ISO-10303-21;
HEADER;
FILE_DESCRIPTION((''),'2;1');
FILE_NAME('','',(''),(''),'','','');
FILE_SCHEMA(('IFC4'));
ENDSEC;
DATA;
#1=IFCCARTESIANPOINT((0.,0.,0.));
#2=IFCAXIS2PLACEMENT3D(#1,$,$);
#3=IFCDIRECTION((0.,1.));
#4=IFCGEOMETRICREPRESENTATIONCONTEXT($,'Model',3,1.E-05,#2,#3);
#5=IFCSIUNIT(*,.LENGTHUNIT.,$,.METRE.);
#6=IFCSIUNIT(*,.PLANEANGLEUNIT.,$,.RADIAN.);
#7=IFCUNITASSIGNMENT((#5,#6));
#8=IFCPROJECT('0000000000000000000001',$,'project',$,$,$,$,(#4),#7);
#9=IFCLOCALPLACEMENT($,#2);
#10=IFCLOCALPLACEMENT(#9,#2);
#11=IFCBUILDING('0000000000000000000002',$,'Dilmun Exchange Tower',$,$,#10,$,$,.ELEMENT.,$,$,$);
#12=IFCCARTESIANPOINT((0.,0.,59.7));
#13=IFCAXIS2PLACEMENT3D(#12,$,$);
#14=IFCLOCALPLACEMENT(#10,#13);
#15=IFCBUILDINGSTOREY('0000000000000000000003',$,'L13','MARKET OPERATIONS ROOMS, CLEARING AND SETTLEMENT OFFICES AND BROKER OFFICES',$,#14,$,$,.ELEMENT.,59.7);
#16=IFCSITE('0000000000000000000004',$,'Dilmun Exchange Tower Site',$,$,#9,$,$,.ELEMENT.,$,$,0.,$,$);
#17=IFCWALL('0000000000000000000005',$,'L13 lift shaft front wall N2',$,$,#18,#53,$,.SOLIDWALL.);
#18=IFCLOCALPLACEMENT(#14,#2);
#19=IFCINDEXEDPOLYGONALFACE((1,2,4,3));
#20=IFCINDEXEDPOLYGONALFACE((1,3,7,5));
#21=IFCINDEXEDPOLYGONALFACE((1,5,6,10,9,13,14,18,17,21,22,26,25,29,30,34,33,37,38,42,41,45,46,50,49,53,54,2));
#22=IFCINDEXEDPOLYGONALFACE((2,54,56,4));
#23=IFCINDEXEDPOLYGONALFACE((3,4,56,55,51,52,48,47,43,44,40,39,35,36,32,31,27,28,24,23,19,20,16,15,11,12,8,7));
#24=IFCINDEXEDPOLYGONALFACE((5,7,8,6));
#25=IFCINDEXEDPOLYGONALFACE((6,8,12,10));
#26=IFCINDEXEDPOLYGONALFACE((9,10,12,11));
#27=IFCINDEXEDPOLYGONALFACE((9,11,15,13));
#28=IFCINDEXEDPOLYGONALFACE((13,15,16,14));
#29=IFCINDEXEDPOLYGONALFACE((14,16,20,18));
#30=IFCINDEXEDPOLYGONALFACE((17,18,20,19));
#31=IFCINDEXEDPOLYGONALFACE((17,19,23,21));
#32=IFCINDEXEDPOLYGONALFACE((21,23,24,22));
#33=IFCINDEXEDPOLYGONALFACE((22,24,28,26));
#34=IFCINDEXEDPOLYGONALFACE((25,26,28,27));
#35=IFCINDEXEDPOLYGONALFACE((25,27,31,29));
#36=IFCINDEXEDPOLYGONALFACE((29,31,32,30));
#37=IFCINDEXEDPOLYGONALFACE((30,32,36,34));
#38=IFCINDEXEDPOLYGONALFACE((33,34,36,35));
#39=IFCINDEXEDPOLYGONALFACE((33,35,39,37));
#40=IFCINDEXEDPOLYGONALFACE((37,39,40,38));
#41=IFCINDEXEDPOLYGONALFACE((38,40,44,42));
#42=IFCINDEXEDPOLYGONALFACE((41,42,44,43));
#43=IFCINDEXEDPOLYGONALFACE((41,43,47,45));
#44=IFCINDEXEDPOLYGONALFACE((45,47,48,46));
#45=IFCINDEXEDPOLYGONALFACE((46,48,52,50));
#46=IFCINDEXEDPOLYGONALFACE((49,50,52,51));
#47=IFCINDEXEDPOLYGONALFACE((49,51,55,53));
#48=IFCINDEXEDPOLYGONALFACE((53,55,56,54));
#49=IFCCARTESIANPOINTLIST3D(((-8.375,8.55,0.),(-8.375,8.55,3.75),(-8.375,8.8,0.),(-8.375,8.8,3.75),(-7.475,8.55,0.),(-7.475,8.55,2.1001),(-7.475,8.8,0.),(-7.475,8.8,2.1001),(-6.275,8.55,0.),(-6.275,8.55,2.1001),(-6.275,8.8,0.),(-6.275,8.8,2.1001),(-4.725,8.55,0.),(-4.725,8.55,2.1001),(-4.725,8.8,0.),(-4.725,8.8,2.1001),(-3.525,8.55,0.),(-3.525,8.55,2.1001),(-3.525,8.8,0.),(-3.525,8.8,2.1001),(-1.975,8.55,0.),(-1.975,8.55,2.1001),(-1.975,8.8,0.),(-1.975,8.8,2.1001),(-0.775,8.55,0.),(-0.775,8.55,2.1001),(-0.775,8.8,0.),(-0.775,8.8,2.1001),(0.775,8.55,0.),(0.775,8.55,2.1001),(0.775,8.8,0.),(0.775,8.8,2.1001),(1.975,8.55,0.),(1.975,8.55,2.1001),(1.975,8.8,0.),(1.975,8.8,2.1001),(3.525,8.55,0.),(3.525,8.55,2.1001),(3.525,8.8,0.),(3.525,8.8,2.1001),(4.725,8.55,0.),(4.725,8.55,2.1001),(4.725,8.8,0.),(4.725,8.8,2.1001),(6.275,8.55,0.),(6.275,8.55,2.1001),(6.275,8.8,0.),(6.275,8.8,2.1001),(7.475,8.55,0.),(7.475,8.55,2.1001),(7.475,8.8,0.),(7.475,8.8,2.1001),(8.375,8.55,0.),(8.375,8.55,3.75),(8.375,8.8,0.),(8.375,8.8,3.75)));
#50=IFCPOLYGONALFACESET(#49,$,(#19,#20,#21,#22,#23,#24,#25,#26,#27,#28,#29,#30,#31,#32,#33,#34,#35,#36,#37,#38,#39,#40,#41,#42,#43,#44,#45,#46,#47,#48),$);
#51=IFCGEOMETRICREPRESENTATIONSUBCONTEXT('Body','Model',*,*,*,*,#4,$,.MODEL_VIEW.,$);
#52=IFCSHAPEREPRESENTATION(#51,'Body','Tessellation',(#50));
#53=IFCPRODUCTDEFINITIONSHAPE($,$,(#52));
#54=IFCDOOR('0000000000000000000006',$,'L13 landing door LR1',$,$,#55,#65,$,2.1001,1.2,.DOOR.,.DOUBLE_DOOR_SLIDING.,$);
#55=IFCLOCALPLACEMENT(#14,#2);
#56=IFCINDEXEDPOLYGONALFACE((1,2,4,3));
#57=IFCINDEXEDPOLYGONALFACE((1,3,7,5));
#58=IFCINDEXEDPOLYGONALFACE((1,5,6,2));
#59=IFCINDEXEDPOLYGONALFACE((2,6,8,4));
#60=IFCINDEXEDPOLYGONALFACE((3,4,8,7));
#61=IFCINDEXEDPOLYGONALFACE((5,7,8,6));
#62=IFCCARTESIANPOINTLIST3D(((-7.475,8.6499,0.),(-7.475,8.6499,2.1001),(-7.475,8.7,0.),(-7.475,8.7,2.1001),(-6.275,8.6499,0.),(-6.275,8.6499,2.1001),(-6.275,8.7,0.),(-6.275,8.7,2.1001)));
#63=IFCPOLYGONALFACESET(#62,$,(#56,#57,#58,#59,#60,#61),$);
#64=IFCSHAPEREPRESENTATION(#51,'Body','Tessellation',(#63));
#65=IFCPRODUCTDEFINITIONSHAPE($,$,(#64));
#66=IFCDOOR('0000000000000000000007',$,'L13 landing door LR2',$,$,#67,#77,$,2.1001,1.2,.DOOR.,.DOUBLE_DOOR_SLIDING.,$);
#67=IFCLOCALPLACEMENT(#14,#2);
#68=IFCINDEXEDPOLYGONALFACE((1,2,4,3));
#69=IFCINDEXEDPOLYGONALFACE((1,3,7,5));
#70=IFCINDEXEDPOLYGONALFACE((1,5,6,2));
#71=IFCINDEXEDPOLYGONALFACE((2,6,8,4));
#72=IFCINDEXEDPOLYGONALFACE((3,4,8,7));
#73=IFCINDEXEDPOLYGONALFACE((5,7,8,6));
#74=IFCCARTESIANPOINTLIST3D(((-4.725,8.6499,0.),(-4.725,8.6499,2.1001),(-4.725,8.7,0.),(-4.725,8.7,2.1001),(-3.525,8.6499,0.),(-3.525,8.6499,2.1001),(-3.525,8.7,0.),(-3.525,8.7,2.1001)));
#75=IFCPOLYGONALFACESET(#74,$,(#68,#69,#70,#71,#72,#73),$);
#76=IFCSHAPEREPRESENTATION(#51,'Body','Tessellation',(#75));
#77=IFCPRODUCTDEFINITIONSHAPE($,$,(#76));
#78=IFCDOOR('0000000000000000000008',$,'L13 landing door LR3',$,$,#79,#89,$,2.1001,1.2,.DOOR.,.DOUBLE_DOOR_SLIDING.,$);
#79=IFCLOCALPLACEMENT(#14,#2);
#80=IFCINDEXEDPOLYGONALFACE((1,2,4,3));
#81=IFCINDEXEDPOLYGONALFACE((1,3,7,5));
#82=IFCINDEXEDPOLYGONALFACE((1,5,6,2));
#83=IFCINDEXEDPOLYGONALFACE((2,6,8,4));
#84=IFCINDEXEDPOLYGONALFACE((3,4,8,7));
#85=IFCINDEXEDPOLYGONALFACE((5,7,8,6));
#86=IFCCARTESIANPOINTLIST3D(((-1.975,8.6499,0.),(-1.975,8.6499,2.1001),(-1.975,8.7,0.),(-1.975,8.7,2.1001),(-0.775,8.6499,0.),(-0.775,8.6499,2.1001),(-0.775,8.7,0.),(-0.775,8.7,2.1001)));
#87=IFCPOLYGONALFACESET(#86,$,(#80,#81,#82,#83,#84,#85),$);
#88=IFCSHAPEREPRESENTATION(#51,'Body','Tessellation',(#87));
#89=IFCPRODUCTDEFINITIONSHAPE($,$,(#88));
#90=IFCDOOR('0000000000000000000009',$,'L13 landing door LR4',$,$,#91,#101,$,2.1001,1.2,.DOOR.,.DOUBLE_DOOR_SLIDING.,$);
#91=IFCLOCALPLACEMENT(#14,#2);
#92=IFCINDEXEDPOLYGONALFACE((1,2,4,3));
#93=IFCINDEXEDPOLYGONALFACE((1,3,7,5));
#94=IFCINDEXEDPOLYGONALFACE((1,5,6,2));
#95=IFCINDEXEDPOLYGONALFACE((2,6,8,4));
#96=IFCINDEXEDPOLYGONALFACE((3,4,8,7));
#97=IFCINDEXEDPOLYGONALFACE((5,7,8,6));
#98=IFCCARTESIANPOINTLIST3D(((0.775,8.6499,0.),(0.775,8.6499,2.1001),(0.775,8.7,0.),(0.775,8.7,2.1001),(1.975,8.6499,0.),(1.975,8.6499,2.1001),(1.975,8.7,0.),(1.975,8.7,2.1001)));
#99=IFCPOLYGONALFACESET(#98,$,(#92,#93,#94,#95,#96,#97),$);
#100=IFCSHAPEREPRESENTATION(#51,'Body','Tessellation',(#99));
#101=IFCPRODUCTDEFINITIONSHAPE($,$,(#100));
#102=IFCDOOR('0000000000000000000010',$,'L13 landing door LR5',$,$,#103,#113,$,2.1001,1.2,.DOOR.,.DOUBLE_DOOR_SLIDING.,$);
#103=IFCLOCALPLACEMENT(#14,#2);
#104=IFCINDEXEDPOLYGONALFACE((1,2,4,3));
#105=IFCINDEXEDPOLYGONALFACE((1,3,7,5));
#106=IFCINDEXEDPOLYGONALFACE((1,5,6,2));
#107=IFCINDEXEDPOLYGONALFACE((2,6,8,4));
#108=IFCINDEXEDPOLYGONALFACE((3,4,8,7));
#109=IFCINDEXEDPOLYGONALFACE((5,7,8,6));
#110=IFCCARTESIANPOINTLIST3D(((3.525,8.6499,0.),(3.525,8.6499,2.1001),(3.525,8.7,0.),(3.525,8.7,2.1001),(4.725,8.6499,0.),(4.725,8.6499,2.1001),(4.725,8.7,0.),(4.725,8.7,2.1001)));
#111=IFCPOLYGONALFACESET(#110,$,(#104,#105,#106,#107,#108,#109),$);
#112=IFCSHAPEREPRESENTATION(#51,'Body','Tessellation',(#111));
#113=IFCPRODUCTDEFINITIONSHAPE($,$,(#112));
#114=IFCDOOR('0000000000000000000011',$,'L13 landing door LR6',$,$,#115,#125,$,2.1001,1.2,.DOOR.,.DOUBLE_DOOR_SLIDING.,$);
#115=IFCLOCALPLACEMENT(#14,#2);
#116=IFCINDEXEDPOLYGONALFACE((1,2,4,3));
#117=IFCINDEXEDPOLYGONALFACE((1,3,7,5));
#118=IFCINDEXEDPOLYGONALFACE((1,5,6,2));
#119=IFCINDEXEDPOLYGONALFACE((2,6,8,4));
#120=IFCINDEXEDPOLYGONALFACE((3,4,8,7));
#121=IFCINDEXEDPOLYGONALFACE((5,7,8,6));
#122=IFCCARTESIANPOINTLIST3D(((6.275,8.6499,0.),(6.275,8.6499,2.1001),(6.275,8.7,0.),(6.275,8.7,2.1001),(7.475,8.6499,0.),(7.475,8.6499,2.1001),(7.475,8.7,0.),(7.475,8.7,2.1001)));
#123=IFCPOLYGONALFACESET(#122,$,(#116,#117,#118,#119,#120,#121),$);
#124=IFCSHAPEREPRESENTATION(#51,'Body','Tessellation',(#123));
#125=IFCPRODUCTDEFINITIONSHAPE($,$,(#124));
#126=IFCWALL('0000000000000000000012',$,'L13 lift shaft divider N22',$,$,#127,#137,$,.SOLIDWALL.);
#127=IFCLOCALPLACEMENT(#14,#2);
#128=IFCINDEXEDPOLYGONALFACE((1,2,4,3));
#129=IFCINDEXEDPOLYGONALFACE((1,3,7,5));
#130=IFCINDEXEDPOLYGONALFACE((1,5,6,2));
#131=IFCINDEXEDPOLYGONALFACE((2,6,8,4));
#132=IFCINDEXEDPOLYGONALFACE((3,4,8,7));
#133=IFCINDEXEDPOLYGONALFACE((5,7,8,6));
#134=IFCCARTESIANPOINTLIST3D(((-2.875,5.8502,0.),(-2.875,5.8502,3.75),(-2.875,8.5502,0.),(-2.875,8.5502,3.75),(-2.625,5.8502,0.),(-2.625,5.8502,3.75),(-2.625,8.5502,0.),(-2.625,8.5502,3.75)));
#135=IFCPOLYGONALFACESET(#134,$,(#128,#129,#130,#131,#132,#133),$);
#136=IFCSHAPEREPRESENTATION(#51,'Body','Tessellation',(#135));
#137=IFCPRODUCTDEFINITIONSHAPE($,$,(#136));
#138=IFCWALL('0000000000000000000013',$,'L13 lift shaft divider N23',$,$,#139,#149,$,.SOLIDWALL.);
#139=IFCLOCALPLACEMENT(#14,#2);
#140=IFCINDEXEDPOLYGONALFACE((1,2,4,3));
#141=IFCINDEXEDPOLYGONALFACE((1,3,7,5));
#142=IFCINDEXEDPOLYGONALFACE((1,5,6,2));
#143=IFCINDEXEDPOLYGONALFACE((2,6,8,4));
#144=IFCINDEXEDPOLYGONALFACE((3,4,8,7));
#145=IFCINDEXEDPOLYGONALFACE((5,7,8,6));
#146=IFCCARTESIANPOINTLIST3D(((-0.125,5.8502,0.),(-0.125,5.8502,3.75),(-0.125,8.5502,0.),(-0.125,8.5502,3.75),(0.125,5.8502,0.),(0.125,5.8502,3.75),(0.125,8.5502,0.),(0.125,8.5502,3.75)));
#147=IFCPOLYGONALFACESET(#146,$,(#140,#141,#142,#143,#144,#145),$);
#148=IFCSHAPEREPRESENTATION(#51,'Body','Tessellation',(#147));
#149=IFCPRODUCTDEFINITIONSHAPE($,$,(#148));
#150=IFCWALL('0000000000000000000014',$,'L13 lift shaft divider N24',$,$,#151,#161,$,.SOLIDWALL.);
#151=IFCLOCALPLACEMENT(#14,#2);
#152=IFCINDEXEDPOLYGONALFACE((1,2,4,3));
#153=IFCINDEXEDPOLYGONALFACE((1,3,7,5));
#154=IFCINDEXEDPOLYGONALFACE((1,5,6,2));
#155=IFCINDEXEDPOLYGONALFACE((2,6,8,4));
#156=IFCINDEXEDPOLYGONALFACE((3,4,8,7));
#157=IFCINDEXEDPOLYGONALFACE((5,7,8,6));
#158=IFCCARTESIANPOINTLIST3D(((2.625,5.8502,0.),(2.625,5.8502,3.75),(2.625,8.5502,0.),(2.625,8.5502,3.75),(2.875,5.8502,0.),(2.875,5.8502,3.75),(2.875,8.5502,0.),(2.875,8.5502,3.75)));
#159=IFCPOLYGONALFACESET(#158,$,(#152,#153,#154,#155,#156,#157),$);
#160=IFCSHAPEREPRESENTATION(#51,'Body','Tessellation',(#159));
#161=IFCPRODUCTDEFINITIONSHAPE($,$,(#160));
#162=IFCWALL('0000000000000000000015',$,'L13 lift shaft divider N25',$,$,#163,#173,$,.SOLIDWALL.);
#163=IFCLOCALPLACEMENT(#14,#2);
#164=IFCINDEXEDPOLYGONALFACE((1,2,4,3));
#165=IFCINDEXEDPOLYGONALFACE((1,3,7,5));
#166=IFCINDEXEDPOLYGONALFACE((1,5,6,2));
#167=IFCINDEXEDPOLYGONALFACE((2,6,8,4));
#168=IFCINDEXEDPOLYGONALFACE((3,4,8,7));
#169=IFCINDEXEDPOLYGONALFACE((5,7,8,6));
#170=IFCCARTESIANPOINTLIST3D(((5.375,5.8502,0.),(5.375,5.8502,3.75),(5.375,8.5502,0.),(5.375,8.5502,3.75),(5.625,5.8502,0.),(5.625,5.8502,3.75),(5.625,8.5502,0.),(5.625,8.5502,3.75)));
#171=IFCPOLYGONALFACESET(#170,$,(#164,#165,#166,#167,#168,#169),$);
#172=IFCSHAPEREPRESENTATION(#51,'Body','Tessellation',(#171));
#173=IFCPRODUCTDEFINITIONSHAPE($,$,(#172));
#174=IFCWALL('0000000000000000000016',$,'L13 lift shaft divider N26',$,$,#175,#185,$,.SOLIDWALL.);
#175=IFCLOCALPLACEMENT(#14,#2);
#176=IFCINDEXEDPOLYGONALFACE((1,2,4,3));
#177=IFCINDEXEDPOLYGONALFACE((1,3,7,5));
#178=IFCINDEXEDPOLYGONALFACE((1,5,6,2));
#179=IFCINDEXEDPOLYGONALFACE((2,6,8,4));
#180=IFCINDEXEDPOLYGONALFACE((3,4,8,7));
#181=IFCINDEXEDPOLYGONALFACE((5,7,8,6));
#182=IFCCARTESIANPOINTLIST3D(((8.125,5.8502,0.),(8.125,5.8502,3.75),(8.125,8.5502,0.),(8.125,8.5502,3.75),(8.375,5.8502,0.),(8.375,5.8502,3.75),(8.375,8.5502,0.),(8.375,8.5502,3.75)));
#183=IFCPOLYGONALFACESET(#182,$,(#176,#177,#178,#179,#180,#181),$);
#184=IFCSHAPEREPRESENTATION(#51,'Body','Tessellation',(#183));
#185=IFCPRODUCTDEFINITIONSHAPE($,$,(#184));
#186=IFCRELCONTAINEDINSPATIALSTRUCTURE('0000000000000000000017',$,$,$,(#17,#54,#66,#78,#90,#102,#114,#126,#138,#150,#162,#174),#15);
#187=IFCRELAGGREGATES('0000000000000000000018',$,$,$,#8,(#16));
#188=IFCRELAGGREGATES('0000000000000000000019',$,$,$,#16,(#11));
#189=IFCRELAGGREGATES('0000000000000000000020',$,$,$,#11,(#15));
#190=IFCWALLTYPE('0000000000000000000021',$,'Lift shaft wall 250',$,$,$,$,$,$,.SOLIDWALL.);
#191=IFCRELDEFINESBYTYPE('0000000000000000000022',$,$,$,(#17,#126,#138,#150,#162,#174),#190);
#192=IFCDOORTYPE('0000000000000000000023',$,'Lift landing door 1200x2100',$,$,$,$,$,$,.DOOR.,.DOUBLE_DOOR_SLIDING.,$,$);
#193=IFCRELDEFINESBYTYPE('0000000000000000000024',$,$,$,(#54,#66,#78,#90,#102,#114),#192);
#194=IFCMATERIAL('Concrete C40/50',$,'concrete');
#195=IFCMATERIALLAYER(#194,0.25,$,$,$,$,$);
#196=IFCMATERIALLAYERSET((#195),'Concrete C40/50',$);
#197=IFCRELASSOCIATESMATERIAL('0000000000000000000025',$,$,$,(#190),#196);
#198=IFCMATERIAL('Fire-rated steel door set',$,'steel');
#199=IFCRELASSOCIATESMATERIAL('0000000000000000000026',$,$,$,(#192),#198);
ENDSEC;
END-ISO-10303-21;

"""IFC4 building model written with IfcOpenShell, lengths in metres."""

from ifc_helpers import new_model, si_unit, direction, frame, frame_2d, origin, place, context, subcontext, project, spatial, rectangle, extrude, material, layer, layer_set, type_object, element, fill, save


model = new_model("IFC4")

# Units and contexts
model_context = context("Model", 3, precision=1e-05, world=origin(), true_north=direction((0.0, 1.0)))
body_context = subcontext(model_context, "Body", "Model", "MODEL_VIEW")
ifc_project = project(units=[si_unit("LENGTHUNIT", "METRE"), si_unit("PLANEANGLEUNIT", "RADIAN")], contexts=[model_context])

# Site, building, storey
site_placement = place(None, origin())
site = spatial("IfcSite", under=ifc_project, at=site_placement, Name="Dilmun Exchange Tower Site", CompositionType="ELEMENT", RefElevation=0.0)
building_placement = place(site_placement, origin())
building = spatial("IfcBuilding", under=site, at=building_placement, Name="Dilmun Exchange Tower", CompositionType="ELEMENT")
storey_placement = place(building_placement, frame((0.0, 0.0, 59.7)))
storey = spatial("IfcBuildingStorey", under=building, at=storey_placement, Name="L13", Description="MARKET OPERATIONS ROOMS, CLEARING AND SETTLEMENT OFFICES AND BROKER OFFICES", CompositionType="ELEMENT", Elevation=59.7)

# Shared definitions
ifc_material_1 = material(Name="Concrete C40/50", Category="concrete")

# Shared definitions
ifc_material_2 = material(Name="Fire-rated steel door set", Category="steel")

# Wall, openings, doors
ifc_layer_1 = layer(ifc_material_1, 0.25)
ifc_layer_set_1 = layer_set([ifc_layer_1], Name="Concrete C40/50")
wall_type_1 = type_object("IfcWallType", Name="Lift shaft wall 250", PredefinedType="SOLIDWALL", material=ifc_layer_set_1)
wall_1_placement = place(storey_placement, frame((-8.375, 8.675, 0.0), z_axis=(0.0, 0.0, 1.0), x_axis=(1.0, 0.0, 0.0)))
wall_1 = element("IfcWall", 1, at=wall_1_placement, inside=storey, type_object=wall_type_1, Name="L13 lift shaft front wall N2", PredefinedType="SOLIDWALL", context=body_context, shape_type="SweptSolid", body=[
    extrude(rectangle(XDim=16.75, YDim=0.25, at=frame_2d((8.375, 0.0))), origin(), (0.0, 0.0, 1.0), 3.75),
])
opening_1_placement = place(wall_1_placement, frame((0.8999, 0.0, 0.0)))
opening_1 = element("IfcOpeningElement", 2, at=opening_1_placement, cuts=wall_1, PredefinedType="OPENING", context=body_context, shape_type="SweptSolid", body=[
    extrude(rectangle(XDim=1.2, YDim=2.1001, at=frame_2d((0.6001, 1.05))), frame((0.0, 0.135, 0.0), z_axis=(0.0, -1.0, 0.0), x_axis=(1.0, 0.0, 0.0)), (0.0, 0.0, 1.0), 0.27),
])
opening_2_placement = place(wall_1_placement, frame((3.6499, 0.0, 0.0)))
opening_2 = element("IfcOpeningElement", 3, at=opening_2_placement, cuts=wall_1, PredefinedType="OPENING", context=body_context, shape_type="SweptSolid", body=[
    extrude(rectangle(XDim=1.2, YDim=2.1001, at=frame_2d((0.6001, 1.05))), frame((0.0, 0.135, 0.0), z_axis=(0.0, -1.0, 0.0), x_axis=(1.0, 0.0, 0.0)), (0.0, 0.0, 1.0), 0.27),
])
opening_3_placement = place(wall_1_placement, frame((6.3999, 0.0, 0.0)))
opening_3 = element("IfcOpeningElement", 4, at=opening_3_placement, cuts=wall_1, PredefinedType="OPENING", context=body_context, shape_type="SweptSolid", body=[
    extrude(rectangle(XDim=1.2, YDim=2.1001, at=frame_2d((0.6001, 1.05))), frame((0.0, 0.135, 0.0), z_axis=(0.0, -1.0, 0.0), x_axis=(1.0, 0.0, 0.0)), (0.0, 0.0, 1.0), 0.27),
])
opening_4_placement = place(wall_1_placement, frame((9.1499, 0.0, 0.0)))
opening_4 = element("IfcOpeningElement", 5, at=opening_4_placement, cuts=wall_1, PredefinedType="OPENING", context=body_context, shape_type="SweptSolid", body=[
    extrude(rectangle(XDim=1.2, YDim=2.1001, at=frame_2d((0.6001, 1.05))), frame((0.0, 0.135, 0.0), z_axis=(0.0, -1.0, 0.0), x_axis=(1.0, 0.0, 0.0)), (0.0, 0.0, 1.0), 0.27),
])
opening_5_placement = place(wall_1_placement, frame((11.8999, 0.0, 0.0)))
opening_5 = element("IfcOpeningElement", 6, at=opening_5_placement, cuts=wall_1, PredefinedType="OPENING", context=body_context, shape_type="SweptSolid", body=[
    extrude(rectangle(XDim=1.2, YDim=2.1001, at=frame_2d((0.6001, 1.05))), frame((0.0, 0.135, 0.0), z_axis=(0.0, -1.0, 0.0), x_axis=(1.0, 0.0, 0.0)), (0.0, 0.0, 1.0), 0.27),
])
opening_6_placement = place(wall_1_placement, frame((14.6499, 0.0, 0.0)))
opening_6 = element("IfcOpeningElement", 7, at=opening_6_placement, cuts=wall_1, PredefinedType="OPENING", context=body_context, shape_type="SweptSolid", body=[
    extrude(rectangle(XDim=1.2, YDim=2.1001, at=frame_2d((0.6001, 1.05))), frame((0.0, 0.135, 0.0), z_axis=(0.0, -1.0, 0.0), x_axis=(1.0, 0.0, 0.0)), (0.0, 0.0, 1.0), 0.27),
])
door_type_1 = type_object("IfcDoorType", Name="Lift landing door 1200x2100", OperationType="DOUBLE_DOOR_SLIDING", PredefinedType="DOOR", material=ifc_material_2)
door_1_placement = place(opening_1_placement, origin())
door_1 = element("IfcDoor", 8, at=door_1_placement, inside=storey, type_object=door_type_1, Name="L13 landing door LR1", OperationType="DOUBLE_DOOR_SLIDING", OverallHeight=2.1001, OverallWidth=1.2, PredefinedType="DOOR", context=body_context, shape_type="SweptSolid", body=[
    extrude(rectangle(XDim=1.2, YDim=2.1001, at=frame_2d((0.6001, 1.05))), frame((0.0, 0.0249, 0.0), z_axis=(0.0, -1.0, 0.0), x_axis=(1.0, 0.0, 0.0)), (0.0, 0.0, 1.0), 0.05),
])
fill(opening_1, door_1)
door_2_placement = place(opening_2_placement, origin())
door_2 = element("IfcDoor", 9, at=door_2_placement, inside=storey, type_object=door_type_1, Name="L13 landing door LR2", OperationType="DOUBLE_DOOR_SLIDING", OverallHeight=2.1001, OverallWidth=1.2, PredefinedType="DOOR", context=body_context, shape_type="SweptSolid", body=[
    extrude(rectangle(XDim=1.2, YDim=2.1001, at=frame_2d((0.6001, 1.05))), frame((0.0, 0.0249, 0.0), z_axis=(0.0, -1.0, 0.0), x_axis=(1.0, 0.0, 0.0)), (0.0, 0.0, 1.0), 0.05),
])
fill(opening_2, door_2)
door_3_placement = place(opening_3_placement, origin())
door_3 = element("IfcDoor", 10, at=door_3_placement, inside=storey, type_object=door_type_1, Name="L13 landing door LR3", OperationType="DOUBLE_DOOR_SLIDING", OverallHeight=2.1001, OverallWidth=1.2, PredefinedType="DOOR", context=body_context, shape_type="SweptSolid", body=[
    extrude(rectangle(XDim=1.2, YDim=2.1001, at=frame_2d((0.6001, 1.05))), frame((0.0, 0.0249, 0.0), z_axis=(0.0, -1.0, 0.0), x_axis=(1.0, 0.0, 0.0)), (0.0, 0.0, 1.0), 0.05),
])
fill(opening_3, door_3)
door_4_placement = place(opening_4_placement, origin())
door_4 = element("IfcDoor", 11, at=door_4_placement, inside=storey, type_object=door_type_1, Name="L13 landing door LR4", OperationType="DOUBLE_DOOR_SLIDING", OverallHeight=2.1001, OverallWidth=1.2, PredefinedType="DOOR", context=body_context, shape_type="SweptSolid", body=[
    extrude(rectangle(XDim=1.2, YDim=2.1001, at=frame_2d((0.6001, 1.05))), frame((0.0, 0.0249, 0.0), z_axis=(0.0, -1.0, 0.0), x_axis=(1.0, 0.0, 0.0)), (0.0, 0.0, 1.0), 0.05),
])
fill(opening_4, door_4)
door_5_placement = place(opening_5_placement, origin())
door_5 = element("IfcDoor", 12, at=door_5_placement, inside=storey, type_object=door_type_1, Name="L13 landing door LR5", OperationType="DOUBLE_DOOR_SLIDING", OverallHeight=2.1001, OverallWidth=1.2, PredefinedType="DOOR", context=body_context, shape_type="SweptSolid", body=[
    extrude(rectangle(XDim=1.2, YDim=2.1001, at=frame_2d((0.6001, 1.05))), frame((0.0, 0.0249, 0.0), z_axis=(0.0, -1.0, 0.0), x_axis=(1.0, 0.0, 0.0)), (0.0, 0.0, 1.0), 0.05),
])
fill(opening_5, door_5)
door_6_placement = place(opening_6_placement, origin())
door_6 = element("IfcDoor", 13, at=door_6_placement, inside=storey, type_object=door_type_1, Name="L13 landing door LR6", OperationType="DOUBLE_DOOR_SLIDING", OverallHeight=2.1001, OverallWidth=1.2, PredefinedType="DOOR", context=body_context, shape_type="SweptSolid", body=[
    extrude(rectangle(XDim=1.2, YDim=2.1001, at=frame_2d((0.6001, 1.05))), frame((0.0, 0.0249, 0.0), z_axis=(0.0, -1.0, 0.0), x_axis=(1.0, 0.0, 0.0)), (0.0, 0.0, 1.0), 0.05),
])
fill(opening_6, door_6)

# Walls
for number, where, z_axis, x_axis, name in (
    (14, (-2.75, 5.8501, 0.0), (0.0, 0.0, 1.0), (0.0, 1.0, 0.0), "L13 lift shaft divider N22"),
    (15, (0.0, 5.8501, 0.0), (0.0, 0.0, 1.0), (0.0, 1.0, 0.0), "L13 lift shaft divider N23"),
    (16, (2.75, 5.8501, 0.0), (0.0, 0.0, 1.0), (0.0, 1.0, 0.0), "L13 lift shaft divider N24"),
    (17, (5.5, 5.8501, 0.0), (0.0, 0.0, 1.0), (0.0, 1.0, 0.0), "L13 lift shaft divider N25"),
    (18, (8.25, 5.8501, 0.0), (0.0, 0.0, 1.0), (0.0, 1.0, 0.0), "L13 lift shaft divider N26"),
):
    element("IfcWall", number, at=place(storey_placement, frame(where, z_axis=z_axis, x_axis=x_axis)), inside=storey, type_object=wall_type_1, Name=name, PredefinedType="SOLIDWALL", context=body_context, shape_type="SweptSolid", body=[
        extrude(rectangle(XDim=2.7, YDim=0.25, at=frame_2d((1.3501, 0.0))), origin(), (0.0, 0.0, 1.0), 3.75),
    ])

save(model, "model.ifc")
